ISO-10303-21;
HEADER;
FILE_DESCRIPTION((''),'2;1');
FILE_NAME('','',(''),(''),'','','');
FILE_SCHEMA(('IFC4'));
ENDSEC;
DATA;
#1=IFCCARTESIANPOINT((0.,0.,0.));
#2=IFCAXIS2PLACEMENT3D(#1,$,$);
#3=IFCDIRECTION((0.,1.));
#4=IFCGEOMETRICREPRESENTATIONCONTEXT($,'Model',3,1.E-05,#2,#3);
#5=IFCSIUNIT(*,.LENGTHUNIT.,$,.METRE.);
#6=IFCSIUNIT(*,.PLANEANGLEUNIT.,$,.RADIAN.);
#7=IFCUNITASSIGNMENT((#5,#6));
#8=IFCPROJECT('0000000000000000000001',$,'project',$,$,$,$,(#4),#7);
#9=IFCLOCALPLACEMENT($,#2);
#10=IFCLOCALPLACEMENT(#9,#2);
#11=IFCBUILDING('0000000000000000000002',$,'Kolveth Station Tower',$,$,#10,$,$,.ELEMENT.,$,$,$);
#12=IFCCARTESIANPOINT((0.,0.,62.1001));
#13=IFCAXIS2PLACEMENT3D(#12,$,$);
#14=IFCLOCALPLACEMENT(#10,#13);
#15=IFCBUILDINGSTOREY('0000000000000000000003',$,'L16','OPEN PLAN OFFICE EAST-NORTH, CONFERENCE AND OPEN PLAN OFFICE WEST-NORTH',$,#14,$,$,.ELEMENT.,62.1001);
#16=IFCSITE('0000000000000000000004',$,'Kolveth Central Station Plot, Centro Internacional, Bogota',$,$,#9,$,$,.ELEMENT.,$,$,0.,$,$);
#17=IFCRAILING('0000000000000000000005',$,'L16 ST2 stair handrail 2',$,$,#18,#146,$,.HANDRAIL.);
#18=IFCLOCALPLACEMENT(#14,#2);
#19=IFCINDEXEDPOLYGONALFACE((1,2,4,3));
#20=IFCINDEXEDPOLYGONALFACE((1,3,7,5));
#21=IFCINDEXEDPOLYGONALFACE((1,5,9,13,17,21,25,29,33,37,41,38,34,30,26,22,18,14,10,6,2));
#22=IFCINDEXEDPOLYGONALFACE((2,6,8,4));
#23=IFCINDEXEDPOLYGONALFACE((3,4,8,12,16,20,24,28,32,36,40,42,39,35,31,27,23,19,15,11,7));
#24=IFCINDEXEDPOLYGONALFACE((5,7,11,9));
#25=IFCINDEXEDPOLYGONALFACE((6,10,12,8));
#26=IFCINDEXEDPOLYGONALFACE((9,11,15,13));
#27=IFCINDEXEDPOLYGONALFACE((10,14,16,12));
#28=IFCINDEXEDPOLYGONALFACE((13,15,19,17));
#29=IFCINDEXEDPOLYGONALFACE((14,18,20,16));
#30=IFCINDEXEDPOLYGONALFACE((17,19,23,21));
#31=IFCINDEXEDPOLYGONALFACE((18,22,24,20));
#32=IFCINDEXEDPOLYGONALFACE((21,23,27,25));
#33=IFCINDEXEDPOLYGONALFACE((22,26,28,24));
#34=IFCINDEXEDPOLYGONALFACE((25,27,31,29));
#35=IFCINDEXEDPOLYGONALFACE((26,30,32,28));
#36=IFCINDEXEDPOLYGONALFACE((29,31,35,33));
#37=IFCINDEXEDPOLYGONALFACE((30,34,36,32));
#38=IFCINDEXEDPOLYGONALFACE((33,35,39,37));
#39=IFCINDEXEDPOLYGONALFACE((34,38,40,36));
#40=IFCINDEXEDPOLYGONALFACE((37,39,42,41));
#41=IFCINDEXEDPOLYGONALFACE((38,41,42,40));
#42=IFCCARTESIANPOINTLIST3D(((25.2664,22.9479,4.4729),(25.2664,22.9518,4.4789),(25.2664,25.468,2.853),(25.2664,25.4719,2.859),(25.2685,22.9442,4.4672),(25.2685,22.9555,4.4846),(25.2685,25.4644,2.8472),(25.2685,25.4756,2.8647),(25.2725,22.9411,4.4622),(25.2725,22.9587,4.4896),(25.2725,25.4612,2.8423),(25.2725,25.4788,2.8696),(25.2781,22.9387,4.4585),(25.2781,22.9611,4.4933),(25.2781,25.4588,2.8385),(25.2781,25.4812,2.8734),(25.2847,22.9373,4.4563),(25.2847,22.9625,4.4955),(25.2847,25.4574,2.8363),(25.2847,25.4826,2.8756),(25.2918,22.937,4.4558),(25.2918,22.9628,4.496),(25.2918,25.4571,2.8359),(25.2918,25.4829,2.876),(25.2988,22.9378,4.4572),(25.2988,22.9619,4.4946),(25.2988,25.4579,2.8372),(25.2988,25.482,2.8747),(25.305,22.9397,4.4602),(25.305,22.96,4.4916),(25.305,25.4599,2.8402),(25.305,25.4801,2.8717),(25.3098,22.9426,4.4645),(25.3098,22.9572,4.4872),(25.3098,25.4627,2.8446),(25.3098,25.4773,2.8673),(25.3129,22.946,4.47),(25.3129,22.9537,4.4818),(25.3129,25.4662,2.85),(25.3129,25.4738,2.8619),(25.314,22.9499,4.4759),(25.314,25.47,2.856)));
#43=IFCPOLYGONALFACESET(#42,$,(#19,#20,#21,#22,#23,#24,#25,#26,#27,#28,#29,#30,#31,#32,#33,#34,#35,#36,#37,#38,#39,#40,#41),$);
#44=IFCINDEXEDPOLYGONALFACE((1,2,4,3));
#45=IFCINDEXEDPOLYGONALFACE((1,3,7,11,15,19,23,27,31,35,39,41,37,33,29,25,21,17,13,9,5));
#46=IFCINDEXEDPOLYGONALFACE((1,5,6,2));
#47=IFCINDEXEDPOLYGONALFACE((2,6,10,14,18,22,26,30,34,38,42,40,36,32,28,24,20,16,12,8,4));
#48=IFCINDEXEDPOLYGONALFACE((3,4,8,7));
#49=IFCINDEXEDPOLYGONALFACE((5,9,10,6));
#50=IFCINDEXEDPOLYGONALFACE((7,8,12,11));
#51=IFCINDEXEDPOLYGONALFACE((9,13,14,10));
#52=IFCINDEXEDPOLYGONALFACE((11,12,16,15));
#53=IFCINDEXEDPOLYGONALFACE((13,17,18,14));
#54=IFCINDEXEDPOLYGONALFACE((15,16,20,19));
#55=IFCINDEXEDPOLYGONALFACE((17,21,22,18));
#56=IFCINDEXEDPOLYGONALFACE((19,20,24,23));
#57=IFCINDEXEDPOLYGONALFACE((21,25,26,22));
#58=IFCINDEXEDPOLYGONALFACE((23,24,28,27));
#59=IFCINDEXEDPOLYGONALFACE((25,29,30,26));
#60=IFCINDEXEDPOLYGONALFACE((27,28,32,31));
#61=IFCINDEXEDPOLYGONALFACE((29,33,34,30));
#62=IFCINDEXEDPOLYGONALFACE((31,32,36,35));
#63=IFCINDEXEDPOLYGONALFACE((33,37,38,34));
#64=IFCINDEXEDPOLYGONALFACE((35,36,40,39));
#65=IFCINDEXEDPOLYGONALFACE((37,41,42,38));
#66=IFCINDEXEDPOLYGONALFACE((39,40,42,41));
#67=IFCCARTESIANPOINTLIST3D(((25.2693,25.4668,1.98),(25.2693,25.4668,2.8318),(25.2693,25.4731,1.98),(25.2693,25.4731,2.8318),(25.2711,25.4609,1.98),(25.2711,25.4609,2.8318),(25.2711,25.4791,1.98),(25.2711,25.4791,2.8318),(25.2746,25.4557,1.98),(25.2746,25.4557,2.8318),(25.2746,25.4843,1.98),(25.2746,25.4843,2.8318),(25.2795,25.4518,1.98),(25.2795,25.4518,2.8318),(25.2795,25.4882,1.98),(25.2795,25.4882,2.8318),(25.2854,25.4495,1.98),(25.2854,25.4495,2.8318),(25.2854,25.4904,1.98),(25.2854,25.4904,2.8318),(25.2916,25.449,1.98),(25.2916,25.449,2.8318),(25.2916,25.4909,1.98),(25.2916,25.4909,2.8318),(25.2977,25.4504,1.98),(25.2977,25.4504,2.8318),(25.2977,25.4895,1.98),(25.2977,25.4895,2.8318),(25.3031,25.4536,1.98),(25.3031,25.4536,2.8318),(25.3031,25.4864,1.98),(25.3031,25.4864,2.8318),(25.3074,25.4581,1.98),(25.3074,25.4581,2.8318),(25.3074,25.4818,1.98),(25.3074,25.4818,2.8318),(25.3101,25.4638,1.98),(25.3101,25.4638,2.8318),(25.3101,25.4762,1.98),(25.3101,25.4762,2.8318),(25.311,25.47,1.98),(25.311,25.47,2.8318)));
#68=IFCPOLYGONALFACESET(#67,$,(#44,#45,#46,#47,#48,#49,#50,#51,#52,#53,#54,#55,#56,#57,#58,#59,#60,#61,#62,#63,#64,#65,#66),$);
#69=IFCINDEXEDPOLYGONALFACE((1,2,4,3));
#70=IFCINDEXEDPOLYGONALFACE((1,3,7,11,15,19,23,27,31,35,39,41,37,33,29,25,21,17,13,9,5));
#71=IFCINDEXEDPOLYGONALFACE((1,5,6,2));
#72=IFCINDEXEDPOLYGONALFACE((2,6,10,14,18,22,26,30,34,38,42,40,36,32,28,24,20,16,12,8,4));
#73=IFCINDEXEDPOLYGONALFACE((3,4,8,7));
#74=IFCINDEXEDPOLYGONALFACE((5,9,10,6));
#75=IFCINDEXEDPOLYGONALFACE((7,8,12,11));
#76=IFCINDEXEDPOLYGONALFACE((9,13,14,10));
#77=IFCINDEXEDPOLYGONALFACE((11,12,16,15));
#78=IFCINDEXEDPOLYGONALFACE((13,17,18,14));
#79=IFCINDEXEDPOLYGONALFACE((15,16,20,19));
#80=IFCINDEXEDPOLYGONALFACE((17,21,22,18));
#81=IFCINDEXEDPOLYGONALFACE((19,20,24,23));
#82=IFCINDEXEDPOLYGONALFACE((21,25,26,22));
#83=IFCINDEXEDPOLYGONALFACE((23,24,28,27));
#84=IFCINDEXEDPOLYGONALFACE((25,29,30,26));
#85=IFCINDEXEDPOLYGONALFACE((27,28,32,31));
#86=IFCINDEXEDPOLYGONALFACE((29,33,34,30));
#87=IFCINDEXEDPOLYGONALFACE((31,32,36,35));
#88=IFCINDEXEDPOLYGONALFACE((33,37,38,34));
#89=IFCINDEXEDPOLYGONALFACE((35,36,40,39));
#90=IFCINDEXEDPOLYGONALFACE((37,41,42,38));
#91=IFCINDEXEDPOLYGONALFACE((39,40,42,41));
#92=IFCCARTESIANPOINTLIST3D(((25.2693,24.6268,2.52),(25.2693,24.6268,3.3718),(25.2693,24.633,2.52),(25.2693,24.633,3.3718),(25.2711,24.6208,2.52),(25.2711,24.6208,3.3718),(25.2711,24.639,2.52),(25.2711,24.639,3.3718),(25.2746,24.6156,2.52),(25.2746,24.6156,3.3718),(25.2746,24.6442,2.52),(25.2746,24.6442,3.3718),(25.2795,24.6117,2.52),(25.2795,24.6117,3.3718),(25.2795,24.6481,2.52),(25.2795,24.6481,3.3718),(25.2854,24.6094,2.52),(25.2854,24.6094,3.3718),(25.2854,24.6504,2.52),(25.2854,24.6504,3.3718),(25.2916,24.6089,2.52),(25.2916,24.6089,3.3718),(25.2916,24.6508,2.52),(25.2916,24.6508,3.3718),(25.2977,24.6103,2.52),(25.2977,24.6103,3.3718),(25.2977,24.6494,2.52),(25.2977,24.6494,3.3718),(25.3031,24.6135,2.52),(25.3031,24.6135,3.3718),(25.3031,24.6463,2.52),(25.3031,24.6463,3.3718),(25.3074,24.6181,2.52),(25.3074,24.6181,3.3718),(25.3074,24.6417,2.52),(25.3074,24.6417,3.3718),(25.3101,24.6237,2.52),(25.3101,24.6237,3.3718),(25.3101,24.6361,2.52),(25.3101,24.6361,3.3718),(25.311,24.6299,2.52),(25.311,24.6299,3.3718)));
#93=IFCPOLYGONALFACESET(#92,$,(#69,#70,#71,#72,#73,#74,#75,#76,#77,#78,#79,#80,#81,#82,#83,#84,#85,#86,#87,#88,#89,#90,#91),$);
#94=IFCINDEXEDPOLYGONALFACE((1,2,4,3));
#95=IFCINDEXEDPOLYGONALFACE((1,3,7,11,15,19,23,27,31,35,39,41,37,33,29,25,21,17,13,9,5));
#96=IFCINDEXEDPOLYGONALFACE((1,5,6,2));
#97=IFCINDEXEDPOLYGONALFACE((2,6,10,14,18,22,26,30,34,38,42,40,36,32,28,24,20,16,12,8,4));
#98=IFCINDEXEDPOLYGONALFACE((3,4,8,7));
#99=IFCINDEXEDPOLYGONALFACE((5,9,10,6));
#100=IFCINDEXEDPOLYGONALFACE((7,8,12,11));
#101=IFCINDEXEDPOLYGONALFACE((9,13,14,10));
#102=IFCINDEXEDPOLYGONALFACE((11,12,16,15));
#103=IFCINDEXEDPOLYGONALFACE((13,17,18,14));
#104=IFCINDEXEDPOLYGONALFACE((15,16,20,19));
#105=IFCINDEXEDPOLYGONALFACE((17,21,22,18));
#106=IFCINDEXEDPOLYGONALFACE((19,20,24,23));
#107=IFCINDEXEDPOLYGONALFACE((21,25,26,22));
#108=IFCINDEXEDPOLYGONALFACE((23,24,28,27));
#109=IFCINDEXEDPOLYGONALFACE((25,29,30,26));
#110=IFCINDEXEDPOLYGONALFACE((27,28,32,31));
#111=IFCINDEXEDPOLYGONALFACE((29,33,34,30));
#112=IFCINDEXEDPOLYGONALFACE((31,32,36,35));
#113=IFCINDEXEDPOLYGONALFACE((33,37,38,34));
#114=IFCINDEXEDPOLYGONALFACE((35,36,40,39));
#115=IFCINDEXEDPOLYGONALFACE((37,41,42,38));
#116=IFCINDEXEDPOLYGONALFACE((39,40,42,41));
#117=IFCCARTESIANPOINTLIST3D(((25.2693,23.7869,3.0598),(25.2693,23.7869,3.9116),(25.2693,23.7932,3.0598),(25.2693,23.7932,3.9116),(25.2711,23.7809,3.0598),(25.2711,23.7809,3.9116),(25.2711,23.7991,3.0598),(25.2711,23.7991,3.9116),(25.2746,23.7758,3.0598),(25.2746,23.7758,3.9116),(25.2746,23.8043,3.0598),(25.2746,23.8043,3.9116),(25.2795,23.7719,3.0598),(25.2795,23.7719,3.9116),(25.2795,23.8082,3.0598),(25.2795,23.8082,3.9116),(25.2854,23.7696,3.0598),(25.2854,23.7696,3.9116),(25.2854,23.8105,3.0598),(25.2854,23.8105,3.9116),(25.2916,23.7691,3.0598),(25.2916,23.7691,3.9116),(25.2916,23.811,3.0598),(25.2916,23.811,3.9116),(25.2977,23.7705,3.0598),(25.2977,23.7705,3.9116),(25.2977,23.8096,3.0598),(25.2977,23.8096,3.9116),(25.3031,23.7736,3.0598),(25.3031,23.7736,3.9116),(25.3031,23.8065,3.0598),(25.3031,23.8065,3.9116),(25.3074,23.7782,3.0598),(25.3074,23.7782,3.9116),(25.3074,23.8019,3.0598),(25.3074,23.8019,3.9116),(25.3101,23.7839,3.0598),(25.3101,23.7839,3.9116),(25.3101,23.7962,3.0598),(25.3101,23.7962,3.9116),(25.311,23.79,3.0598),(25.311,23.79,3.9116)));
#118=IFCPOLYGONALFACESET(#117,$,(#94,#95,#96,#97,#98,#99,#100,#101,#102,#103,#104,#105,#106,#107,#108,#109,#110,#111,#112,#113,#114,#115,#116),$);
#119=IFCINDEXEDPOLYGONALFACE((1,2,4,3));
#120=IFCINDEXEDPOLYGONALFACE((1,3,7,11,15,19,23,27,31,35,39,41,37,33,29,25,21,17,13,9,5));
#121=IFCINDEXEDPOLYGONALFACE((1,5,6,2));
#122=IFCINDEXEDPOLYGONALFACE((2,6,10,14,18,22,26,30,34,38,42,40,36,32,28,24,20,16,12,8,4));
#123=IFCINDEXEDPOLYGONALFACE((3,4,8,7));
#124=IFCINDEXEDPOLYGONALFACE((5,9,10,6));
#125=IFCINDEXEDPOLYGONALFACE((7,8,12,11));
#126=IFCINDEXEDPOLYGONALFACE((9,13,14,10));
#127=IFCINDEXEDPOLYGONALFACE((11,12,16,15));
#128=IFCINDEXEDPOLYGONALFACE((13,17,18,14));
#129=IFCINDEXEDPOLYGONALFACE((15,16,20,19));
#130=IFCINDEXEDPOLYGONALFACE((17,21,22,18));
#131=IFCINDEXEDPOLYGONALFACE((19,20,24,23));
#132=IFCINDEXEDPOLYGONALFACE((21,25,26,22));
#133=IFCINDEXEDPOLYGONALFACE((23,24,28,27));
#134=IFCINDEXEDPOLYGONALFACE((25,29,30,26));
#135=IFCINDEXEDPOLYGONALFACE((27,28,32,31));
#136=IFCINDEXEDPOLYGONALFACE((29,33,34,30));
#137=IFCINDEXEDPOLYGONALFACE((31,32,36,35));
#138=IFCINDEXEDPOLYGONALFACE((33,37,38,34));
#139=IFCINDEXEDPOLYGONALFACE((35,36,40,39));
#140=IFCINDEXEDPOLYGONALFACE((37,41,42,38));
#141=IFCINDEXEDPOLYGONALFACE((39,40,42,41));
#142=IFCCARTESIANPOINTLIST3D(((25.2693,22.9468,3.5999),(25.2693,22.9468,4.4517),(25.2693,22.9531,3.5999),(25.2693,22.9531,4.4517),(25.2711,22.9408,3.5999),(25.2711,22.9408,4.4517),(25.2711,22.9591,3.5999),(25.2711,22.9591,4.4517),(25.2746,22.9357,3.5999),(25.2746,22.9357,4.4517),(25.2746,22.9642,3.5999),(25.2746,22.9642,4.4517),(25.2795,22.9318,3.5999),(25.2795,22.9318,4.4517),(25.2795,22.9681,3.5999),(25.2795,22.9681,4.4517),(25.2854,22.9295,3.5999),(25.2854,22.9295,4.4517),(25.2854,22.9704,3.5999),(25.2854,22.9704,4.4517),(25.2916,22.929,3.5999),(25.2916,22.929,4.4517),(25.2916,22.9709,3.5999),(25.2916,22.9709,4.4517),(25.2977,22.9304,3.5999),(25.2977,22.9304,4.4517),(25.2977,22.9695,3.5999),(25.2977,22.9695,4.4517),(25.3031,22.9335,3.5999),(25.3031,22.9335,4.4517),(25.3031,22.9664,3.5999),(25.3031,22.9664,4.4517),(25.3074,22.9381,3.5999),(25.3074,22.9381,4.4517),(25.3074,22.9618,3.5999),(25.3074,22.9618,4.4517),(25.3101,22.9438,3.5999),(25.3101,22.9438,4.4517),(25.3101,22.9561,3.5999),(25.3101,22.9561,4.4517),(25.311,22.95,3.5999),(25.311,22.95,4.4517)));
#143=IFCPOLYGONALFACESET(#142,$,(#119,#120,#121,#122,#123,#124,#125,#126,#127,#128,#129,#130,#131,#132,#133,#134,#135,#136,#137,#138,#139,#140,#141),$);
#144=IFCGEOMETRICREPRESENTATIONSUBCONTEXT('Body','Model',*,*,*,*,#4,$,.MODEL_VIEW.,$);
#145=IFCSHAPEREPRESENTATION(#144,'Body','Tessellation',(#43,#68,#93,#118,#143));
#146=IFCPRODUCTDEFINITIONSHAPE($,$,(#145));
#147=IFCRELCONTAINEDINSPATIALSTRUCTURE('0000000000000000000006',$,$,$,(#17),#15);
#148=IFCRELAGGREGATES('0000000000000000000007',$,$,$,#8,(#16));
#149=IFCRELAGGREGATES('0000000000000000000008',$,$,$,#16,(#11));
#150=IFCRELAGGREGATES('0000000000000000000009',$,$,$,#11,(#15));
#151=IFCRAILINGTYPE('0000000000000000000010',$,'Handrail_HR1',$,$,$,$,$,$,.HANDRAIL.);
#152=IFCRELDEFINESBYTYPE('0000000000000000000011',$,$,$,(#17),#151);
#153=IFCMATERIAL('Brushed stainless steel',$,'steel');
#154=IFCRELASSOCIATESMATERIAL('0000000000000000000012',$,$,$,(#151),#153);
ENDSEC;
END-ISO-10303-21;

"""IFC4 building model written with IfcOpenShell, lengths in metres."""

from ifc_helpers import new_model, si_unit, direction, frame, origin, origin_2d, place, context, subcontext, project, spatial, circle, extrude, material, type_object, element, save


model = new_model("IFC4")

# Units and contexts
model_context = context("Model", 3, precision=1e-05, world=origin(), true_north=direction((0.0, 1.0)))
body_context = subcontext(model_context, "Body", "Model", "MODEL_VIEW")
ifc_project = project(units=[si_unit("LENGTHUNIT", "METRE"), si_unit("PLANEANGLEUNIT", "RADIAN")], contexts=[model_context])

# Site, building, storey
site_placement = place(None, origin())
site = spatial("IfcSite", under=ifc_project, at=site_placement, Name="Kolveth Central Station Plot, Centro Internacional, Bogota", CompositionType="ELEMENT", RefElevation=0.0)
building_placement = place(site_placement, origin())
building = spatial("IfcBuilding", under=site, at=building_placement, Name="Kolveth Station Tower", CompositionType="ELEMENT")
storey_placement = place(building_placement, frame((0.0, 0.0, 62.1001)))
storey = spatial("IfcBuildingStorey", under=building, at=storey_placement, Name="L16", Description="OPEN PLAN OFFICE EAST-NORTH, CONFERENCE AND OPEN PLAN OFFICE WEST-NORTH", CompositionType="ELEMENT", Elevation=62.1001)

# Railing
ifc_material_1 = material(Name="Brushed stainless steel", Category="steel")
railing_type_1 = type_object("IfcRailingType", Name="Handrail_HR1", PredefinedType="HANDRAIL", material=ifc_material_1)
railing_1_placement = place(storey_placement, frame((25.29, 25.47, 1.98)))
element("IfcRailing", 1, at=railing_1_placement, inside=storey, type_object=railing_type_1, Name="L16 ST2 stair handrail 2", PredefinedType="HANDRAIL", context=body_context, shape_type="SweptSolid", body=[
    extrude(circle(Radius=0.0239, at=origin_2d()), frame((0.0, 0.0, 0.876), z_axis=(0.0, -0.8412, 0.540725), x_axis=(1.0, 0.0, 0.0)), (0.0, 0.0, 1.0), 2.9958),
    extrude(circle(Radius=0.021, at=origin_2d()), origin(), (0.0, 0.0, 1.0), 0.8518),
    extrude(circle(Radius=0.021, at=origin_2d()), frame((0.0, -0.8401, 0.54)), (0.0, 0.0, 1.0), 0.8518),
    extrude(circle(Radius=0.021, at=origin_2d()), frame((0.0, -1.6799, 1.0798)), (0.0, 0.0, 1.0), 0.8518),
    extrude(circle(Radius=0.021, at=origin_2d()), frame((0.0, -2.52, 1.6199)), (0.0, 0.0, 1.0), 0.8518),
])

save(model, "model.ifc")
